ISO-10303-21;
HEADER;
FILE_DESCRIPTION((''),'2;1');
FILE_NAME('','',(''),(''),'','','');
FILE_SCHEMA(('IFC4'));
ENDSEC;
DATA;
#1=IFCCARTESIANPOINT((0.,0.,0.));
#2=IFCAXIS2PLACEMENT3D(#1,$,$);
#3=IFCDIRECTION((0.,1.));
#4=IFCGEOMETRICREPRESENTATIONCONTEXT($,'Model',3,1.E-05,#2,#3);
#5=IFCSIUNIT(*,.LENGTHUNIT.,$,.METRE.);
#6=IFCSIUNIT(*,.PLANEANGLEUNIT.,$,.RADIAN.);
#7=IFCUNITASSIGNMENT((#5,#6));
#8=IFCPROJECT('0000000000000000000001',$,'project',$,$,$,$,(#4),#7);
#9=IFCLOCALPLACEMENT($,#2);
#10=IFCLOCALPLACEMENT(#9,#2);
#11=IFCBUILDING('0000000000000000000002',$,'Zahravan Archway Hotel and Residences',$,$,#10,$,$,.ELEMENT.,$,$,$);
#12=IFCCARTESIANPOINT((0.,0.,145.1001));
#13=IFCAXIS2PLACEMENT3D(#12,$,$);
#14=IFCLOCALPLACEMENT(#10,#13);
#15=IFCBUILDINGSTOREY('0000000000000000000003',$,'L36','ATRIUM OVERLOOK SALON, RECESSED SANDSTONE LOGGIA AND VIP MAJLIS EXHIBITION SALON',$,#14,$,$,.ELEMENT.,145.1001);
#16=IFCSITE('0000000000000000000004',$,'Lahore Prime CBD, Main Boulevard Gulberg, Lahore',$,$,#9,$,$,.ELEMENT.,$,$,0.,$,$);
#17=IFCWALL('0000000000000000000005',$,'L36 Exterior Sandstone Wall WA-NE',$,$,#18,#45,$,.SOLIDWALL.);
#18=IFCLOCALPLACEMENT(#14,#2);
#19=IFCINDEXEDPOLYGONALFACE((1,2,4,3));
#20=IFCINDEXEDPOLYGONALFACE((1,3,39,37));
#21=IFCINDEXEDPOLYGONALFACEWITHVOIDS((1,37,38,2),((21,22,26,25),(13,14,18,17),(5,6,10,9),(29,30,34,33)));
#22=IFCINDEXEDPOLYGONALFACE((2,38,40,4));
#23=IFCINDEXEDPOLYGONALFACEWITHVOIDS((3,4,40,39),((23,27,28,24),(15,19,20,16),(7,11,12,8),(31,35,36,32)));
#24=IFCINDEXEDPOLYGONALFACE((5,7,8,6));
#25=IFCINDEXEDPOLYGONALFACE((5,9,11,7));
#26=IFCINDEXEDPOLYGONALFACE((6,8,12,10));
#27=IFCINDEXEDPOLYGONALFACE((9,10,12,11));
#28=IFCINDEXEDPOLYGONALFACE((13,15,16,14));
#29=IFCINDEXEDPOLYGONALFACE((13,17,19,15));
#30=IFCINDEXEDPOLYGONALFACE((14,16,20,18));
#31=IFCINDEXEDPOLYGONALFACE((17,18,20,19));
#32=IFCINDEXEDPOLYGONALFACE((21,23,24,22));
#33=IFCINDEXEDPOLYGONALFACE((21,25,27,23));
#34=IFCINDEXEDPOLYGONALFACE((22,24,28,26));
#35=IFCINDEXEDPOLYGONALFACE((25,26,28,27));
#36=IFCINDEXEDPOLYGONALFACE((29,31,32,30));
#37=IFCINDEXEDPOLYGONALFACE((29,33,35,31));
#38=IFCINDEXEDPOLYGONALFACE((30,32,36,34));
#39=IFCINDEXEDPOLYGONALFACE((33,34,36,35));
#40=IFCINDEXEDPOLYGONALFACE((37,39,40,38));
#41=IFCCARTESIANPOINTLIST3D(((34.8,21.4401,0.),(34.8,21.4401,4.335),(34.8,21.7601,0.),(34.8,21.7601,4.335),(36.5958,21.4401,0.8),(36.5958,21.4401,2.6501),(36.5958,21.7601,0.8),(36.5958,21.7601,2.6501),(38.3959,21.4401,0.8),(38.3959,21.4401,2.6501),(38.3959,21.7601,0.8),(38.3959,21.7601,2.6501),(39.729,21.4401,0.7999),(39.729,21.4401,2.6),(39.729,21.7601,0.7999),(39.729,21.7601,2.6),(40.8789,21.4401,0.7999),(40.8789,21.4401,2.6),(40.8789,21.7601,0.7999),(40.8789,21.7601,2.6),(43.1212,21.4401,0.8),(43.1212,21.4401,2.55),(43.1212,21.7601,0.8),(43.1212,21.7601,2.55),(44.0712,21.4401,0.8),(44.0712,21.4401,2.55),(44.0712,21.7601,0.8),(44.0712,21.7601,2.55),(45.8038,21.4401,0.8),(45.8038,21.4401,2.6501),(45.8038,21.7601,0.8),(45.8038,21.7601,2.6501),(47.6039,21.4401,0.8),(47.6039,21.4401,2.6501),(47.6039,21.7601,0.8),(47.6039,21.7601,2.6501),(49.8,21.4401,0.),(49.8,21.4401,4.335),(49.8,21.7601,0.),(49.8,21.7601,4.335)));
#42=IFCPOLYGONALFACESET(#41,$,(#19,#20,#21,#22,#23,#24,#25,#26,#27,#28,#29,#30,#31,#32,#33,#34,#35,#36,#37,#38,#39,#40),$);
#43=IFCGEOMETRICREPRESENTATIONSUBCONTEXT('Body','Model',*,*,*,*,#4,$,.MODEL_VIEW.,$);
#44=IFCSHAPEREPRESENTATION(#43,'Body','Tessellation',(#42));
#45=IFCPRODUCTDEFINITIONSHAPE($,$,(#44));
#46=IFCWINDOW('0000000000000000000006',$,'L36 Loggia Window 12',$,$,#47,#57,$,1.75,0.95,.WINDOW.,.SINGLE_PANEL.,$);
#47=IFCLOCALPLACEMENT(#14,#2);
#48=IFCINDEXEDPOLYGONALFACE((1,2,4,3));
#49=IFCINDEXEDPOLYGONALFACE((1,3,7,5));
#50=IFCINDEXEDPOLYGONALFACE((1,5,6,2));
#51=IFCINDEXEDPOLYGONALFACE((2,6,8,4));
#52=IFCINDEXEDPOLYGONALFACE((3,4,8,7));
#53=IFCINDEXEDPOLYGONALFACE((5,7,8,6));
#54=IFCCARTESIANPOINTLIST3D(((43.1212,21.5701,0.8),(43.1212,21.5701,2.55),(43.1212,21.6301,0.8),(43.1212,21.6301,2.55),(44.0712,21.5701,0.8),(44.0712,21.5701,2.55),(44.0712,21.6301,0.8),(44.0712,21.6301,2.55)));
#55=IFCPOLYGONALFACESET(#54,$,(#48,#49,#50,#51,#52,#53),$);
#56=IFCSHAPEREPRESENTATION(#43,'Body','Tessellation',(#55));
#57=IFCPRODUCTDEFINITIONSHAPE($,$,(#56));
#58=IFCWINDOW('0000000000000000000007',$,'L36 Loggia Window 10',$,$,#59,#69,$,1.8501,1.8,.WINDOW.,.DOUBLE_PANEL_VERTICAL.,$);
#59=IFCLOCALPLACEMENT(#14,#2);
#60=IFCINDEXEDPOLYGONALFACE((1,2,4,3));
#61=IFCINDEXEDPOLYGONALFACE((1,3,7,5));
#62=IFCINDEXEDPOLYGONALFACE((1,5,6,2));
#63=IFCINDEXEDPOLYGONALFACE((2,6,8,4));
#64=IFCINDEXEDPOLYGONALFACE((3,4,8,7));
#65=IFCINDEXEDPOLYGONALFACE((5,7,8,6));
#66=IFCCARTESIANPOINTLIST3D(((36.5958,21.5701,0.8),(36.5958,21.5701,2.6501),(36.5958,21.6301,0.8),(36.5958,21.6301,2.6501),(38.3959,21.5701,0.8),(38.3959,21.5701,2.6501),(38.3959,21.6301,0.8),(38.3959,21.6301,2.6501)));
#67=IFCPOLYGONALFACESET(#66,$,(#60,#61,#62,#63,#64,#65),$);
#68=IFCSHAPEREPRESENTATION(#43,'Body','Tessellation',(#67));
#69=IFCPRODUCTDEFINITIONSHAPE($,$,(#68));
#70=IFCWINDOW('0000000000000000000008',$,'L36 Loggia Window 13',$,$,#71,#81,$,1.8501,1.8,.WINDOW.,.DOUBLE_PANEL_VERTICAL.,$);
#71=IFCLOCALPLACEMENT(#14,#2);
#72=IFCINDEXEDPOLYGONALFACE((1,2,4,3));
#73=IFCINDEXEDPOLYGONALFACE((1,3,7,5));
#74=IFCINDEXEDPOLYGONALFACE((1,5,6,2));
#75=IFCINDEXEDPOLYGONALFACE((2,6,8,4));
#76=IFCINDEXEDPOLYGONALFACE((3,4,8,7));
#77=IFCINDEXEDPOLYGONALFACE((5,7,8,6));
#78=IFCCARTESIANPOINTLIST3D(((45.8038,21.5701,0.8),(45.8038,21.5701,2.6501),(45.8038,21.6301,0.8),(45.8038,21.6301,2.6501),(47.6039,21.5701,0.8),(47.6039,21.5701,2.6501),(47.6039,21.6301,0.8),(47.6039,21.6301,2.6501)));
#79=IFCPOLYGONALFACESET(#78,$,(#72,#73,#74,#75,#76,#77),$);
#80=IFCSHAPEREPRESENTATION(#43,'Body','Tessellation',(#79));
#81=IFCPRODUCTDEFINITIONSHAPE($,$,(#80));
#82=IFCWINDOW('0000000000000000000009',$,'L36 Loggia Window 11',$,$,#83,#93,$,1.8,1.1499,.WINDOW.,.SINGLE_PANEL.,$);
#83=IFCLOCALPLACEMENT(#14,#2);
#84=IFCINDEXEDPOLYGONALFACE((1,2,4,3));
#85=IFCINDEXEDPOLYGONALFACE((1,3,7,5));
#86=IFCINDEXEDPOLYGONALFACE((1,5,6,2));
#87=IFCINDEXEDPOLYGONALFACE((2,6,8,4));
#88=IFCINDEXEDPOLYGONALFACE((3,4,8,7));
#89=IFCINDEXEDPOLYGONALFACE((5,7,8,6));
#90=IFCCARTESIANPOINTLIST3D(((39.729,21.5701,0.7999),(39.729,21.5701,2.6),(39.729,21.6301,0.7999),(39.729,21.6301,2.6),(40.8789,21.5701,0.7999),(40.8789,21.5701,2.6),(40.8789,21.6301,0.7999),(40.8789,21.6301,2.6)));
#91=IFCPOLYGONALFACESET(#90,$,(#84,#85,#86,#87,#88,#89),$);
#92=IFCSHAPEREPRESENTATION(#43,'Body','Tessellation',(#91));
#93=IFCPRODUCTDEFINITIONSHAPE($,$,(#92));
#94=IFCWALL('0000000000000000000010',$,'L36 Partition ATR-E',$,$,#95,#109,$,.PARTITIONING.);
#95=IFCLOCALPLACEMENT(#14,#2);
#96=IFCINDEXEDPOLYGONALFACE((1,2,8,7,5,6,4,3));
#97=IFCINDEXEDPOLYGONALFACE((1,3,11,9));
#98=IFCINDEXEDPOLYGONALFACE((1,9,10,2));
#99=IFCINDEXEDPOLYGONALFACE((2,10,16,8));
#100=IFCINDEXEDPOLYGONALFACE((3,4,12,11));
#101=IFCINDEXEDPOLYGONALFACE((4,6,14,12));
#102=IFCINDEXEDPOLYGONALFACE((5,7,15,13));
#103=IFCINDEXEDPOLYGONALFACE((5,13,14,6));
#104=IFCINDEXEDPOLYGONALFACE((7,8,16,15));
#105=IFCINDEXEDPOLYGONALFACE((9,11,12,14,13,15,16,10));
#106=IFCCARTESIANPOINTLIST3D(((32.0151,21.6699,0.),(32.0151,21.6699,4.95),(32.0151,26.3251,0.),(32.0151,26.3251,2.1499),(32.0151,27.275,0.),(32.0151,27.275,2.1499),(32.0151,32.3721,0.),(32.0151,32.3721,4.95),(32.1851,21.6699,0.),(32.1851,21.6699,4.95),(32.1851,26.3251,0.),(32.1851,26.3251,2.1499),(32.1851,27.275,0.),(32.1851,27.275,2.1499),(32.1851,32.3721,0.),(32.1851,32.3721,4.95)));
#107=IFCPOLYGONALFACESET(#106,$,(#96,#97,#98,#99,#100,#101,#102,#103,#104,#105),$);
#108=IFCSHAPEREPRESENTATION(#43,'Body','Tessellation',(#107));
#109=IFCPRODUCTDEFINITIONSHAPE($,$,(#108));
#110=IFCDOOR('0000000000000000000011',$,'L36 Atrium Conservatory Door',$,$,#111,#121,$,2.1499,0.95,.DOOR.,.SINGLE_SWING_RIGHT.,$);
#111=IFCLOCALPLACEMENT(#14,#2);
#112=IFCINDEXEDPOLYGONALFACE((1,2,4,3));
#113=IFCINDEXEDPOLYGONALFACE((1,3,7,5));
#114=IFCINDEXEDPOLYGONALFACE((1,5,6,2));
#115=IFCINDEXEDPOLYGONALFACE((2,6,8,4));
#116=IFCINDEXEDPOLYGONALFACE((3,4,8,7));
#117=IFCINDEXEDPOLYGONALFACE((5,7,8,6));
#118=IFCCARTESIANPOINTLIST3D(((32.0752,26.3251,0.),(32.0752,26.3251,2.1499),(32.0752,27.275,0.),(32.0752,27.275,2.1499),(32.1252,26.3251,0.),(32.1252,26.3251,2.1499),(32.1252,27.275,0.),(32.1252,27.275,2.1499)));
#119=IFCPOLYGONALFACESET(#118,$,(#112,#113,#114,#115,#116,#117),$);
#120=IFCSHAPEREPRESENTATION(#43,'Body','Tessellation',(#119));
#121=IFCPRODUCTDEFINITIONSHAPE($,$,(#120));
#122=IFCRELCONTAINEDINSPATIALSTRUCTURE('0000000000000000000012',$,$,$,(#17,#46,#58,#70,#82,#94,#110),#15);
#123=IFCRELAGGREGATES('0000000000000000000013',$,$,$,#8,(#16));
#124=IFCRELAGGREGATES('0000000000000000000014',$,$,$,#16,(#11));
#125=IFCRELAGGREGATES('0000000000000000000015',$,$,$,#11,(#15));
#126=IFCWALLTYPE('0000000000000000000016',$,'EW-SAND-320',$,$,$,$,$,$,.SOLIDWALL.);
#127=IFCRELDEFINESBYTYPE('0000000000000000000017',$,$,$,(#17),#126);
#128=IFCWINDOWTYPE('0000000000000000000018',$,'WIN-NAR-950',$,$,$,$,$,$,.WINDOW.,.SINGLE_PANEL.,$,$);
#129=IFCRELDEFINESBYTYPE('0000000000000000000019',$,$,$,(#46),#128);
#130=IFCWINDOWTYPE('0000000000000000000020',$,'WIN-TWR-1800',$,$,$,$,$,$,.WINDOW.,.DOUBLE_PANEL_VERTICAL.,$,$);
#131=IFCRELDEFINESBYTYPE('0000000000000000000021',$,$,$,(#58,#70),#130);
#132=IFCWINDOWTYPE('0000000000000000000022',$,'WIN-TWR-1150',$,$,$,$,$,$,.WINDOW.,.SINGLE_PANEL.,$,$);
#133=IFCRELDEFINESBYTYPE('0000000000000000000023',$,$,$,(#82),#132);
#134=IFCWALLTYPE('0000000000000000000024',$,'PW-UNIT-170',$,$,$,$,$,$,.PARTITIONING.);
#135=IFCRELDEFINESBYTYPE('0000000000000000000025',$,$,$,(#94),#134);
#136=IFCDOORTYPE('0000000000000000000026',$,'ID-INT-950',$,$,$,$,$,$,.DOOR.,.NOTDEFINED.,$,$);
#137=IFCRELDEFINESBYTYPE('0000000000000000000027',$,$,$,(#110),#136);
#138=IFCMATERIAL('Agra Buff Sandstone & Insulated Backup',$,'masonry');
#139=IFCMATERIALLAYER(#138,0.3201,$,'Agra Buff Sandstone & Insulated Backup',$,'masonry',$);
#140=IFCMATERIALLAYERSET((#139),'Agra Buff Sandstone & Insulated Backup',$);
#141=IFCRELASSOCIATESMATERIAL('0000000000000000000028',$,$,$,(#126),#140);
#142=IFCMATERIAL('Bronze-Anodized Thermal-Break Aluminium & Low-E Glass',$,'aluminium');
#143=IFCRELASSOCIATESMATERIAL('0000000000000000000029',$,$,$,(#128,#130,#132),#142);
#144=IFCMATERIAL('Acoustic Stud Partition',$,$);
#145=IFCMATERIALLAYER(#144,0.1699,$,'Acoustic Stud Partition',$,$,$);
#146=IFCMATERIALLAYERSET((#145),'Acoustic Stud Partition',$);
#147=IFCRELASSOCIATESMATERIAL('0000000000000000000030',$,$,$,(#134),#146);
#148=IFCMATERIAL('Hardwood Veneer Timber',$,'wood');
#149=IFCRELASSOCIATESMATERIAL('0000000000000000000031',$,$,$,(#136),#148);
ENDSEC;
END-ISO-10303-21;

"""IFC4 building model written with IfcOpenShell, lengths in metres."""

from ifc_helpers import new_model, si_unit, direction, frame, frame_2d, origin, place, context, subcontext, project, spatial, rectangle, extrude, source, transform, mapped, material, layer, layer_set, type_object, type_shapes, element, fill, save


model = new_model("IFC4")

# Units and contexts
model_context = context("Model", 3, precision=1e-05, world=origin(), true_north=direction((0.0, 1.0)))
body_context = subcontext(model_context, "Body", "Model", "MODEL_VIEW")
ifc_project = project(units=[si_unit("LENGTHUNIT", "METRE"), si_unit("PLANEANGLEUNIT", "RADIAN")], contexts=[model_context])

# Site, building, storey
site_placement = place(None, origin())
site = spatial("IfcSite", under=ifc_project, at=site_placement, Name="Lahore Prime CBD, Main Boulevard Gulberg, Lahore", CompositionType="ELEMENT", RefElevation=0.0)
building_placement = place(site_placement, origin())
building = spatial("IfcBuilding", under=site, at=building_placement, Name="Zahravan Archway Hotel and Residences", CompositionType="ELEMENT")
storey_placement = place(building_placement, frame((0.0, 0.0, 145.1001)))
storey = spatial("IfcBuildingStorey", under=building, at=storey_placement, Name="L36", Description="ATRIUM OVERLOOK SALON, RECESSED SANDSTONE LOGGIA AND VIP MAJLIS EXHIBITION SALON", CompositionType="ELEMENT", Elevation=145.1001)

# Wall, openings, windows
ifc_material_1 = material(Name="Agra Buff Sandstone & Insulated Backup", Category="masonry")
ifc_layer_1 = layer(ifc_material_1, 0.3201, Name="Agra Buff Sandstone & Insulated Backup", Category="masonry")
ifc_layer_set_1 = layer_set([ifc_layer_1], Name="Agra Buff Sandstone & Insulated Backup")
wall_type_1 = type_object("IfcWallType", Name="EW-SAND-320", PredefinedType="SOLIDWALL", material=ifc_layer_set_1)
wall_1_placement = place(storey_placement, frame((34.8, 21.6001, 0.0), z_axis=(0.0, 0.0, 1.0), x_axis=(1.0, 0.0, 0.0)))
wall_1 = element("IfcWall", 1, at=wall_1_placement, inside=storey, type_object=wall_type_1, Name="L36 Exterior Sandstone Wall WA-NE", PredefinedType="SOLIDWALL", context=body_context, shape_type="SweptSolid", body=[
    extrude(rectangle(XDim=15.0, YDim=0.3201, at=frame_2d((7.5, 0.0))), origin(), (0.0, 0.0, 1.0), 4.335),
])
opening_1_placement = place(wall_1_placement, frame((1.7959, 0.0, 0.8)))
opening_1 = element("IfcOpeningElement", 2, at=opening_1_placement, cuts=wall_1, PredefinedType="OPENING", context=body_context, shape_type="SweptSolid", body=[
    extrude(rectangle(XDim=1.8, YDim=1.8501, at=frame_2d((0.8999, 0.925))), frame((0.0, 0.1699, 0.0), z_axis=(0.0, -1.0, 0.0), x_axis=(1.0, 0.0, 0.0)), (0.0, 0.0, 1.0), 0.3401),
])
opening_2_placement = place(wall_1_placement, frame((4.929, 0.0, 0.8)))
opening_2 = element("IfcOpeningElement", 3, at=opening_2_placement, cuts=wall_1, PredefinedType="OPENING", context=body_context, shape_type="SweptSolid", body=[
    extrude(rectangle(XDim=1.1499, YDim=1.8, at=frame_2d((0.575, 0.8999))), frame((0.0, 0.1699, 0.0), z_axis=(0.0, -1.0, 0.0), x_axis=(1.0, 0.0, 0.0)), (0.0, 0.0, 1.0), 0.3401),
])
opening_3_placement = place(wall_1_placement, frame((8.321, 0.0, 0.8)))
opening_3 = element("IfcOpeningElement", 4, at=opening_3_placement, cuts=wall_1, PredefinedType="OPENING", context=body_context, shape_type="SweptSolid", body=[
    extrude(rectangle(XDim=0.95, YDim=1.75, at=frame_2d((0.4751, 0.875))), frame((0.0, 0.1699, 0.0), z_axis=(0.0, -1.0, 0.0), x_axis=(1.0, 0.0, 0.0)), (0.0, 0.0, 1.0), 0.3401),
])
opening_4_placement = place(wall_1_placement, frame((11.0039, 0.0, 0.8)))
opening_4 = element("IfcOpeningElement", 5, at=opening_4_placement, cuts=wall_1, PredefinedType="OPENING", context=body_context, shape_type="SweptSolid", body=[
    extrude(rectangle(XDim=1.8, YDim=1.8501, at=frame_2d((0.8999, 0.925))), frame((0.0, 0.1699, 0.0), z_axis=(0.0, -1.0, 0.0), x_axis=(1.0, 0.0, 0.0)), (0.0, 0.0, 1.0), 0.3401),
])
ifc_material_2 = material(Name="Bronze-Anodized Thermal-Break Aluminium & Low-E Glass", Category="aluminium")
window_type_1 = type_object("IfcWindowType", Name="WIN-NAR-950", PartitioningType="SINGLE_PANEL", PredefinedType="WINDOW", material=ifc_material_2)
shared_shape_1 = source(origin(), body_context, "Body", "SweptSolid", [
    extrude(rectangle(XDim=0.95, YDim=1.75, at=frame_2d((0.4751, 0.875))), frame((0.0, 0.03, 0.0), z_axis=(0.0, -1.0, 0.0), x_axis=(1.0, 0.0, 0.0)), (0.0, 0.0, 1.0), 0.0601),
])
type_shapes(window_type_1, [shared_shape_1])
window_1_placement = place(opening_3_placement, origin())
window_1 = element("IfcWindow", 6, at=window_1_placement, inside=storey, type_object=window_type_1, Name="L36 Loggia Window 12", OverallHeight=1.75, OverallWidth=0.95, PartitioningType="SINGLE_PANEL", PredefinedType="WINDOW", context=body_context, shape_type="MappedRepresentation", body=[
    mapped(shared_shape_1, transform((0.0, 0.0, 0.0), scale=1.0)),
])
fill(opening_3, window_1)
window_type_2 = type_object("IfcWindowType", Name="WIN-TWR-1800", PartitioningType="DOUBLE_PANEL_VERTICAL", PredefinedType="WINDOW", material=ifc_material_2)
shared_shape_2 = source(origin(), body_context, "Body", "SweptSolid", [
    extrude(rectangle(XDim=1.8, YDim=1.8501, at=frame_2d((0.8999, 0.925))), frame((0.0, 0.03, 0.0), z_axis=(0.0, -1.0, 0.0), x_axis=(1.0, 0.0, 0.0)), (0.0, 0.0, 1.0), 0.0601),
])
type_shapes(window_type_2, [shared_shape_2])
window_2_placement = place(opening_1_placement, origin())
window_2 = element("IfcWindow", 7, at=window_2_placement, inside=storey, type_object=window_type_2, Name="L36 Loggia Window 10", OverallHeight=1.8501, OverallWidth=1.8, PartitioningType="DOUBLE_PANEL_VERTICAL", PredefinedType="WINDOW", context=body_context, shape_type="MappedRepresentation", body=[
    mapped(shared_shape_2, transform((0.0, 0.0, 0.0), scale=1.0)),
])
fill(opening_1, window_2)
window_3_placement = place(opening_4_placement, origin())
window_3 = element("IfcWindow", 8, at=window_3_placement, inside=storey, type_object=window_type_2, Name="L36 Loggia Window 13", OverallHeight=1.8501, OverallWidth=1.8, PartitioningType="DOUBLE_PANEL_VERTICAL", PredefinedType="WINDOW", context=body_context, shape_type="MappedRepresentation", body=[
    mapped(shared_shape_2, transform((0.0, 0.0, 0.0), scale=1.0)),
])
fill(opening_4, window_3)
window_type_3 = type_object("IfcWindowType", Name="WIN-TWR-1150", PartitioningType="SINGLE_PANEL", PredefinedType="WINDOW", material=ifc_material_2)
shared_shape_3 = source(origin(), body_context, "Body", "SweptSolid", [
    extrude(rectangle(XDim=1.1499, YDim=1.8, at=frame_2d((0.575, 0.8999))), frame((0.0, 0.03, 0.0), z_axis=(0.0, -1.0, 0.0), x_axis=(1.0, 0.0, 0.0)), (0.0, 0.0, 1.0), 0.0601),
])
type_shapes(window_type_3, [shared_shape_3])
window_4_placement = place(opening_2_placement, origin())
window_4 = element("IfcWindow", 9, at=window_4_placement, inside=storey, type_object=window_type_3, Name="L36 Loggia Window 11", OverallHeight=1.8, OverallWidth=1.1499, PartitioningType="SINGLE_PANEL", PredefinedType="WINDOW", context=body_context, shape_type="MappedRepresentation", body=[
    mapped(shared_shape_3, transform((0.0, 0.0, 0.0), scale=1.0)),
])
fill(opening_2, window_4)

# Wall, opening, door
ifc_material_3 = material(Name="Acoustic Stud Partition")
ifc_layer_2 = layer(ifc_material_3, 0.1699, Name="Acoustic Stud Partition")
ifc_layer_set_2 = layer_set([ifc_layer_2], Name="Acoustic Stud Partition")
wall_type_2 = type_object("IfcWallType", Name="PW-UNIT-170", PredefinedType="PARTITIONING", material=ifc_layer_set_2)
wall_2_placement = place(storey_placement, frame((32.1001, 21.6699, 0.0), z_axis=(0.0, 0.0, 1.0), x_axis=(0.0, 1.0, 0.0)))
wall_2 = element("IfcWall", 10, at=wall_2_placement, inside=storey, type_object=wall_type_2, Name="L36 Partition ATR-E", PredefinedType="PARTITIONING", context=body_context, shape_type="SweptSolid", body=[
    extrude(rectangle(XDim=10.7021, YDim=0.1699, at=frame_2d((5.3511, 0.0))), origin(), (0.0, 0.0, 1.0), 4.95),
])
opening_5_placement = place(wall_2_placement, frame((4.655, 0.0, 0.0)))
opening_5 = element("IfcOpeningElement", 11, at=opening_5_placement, cuts=wall_2, PredefinedType="OPENING", context=body_context, shape_type="SweptSolid", body=[
    extrude(rectangle(XDim=0.95, YDim=2.1499, at=frame_2d((0.4751, 1.075))), frame((0.0, 0.095, 0.0), z_axis=(0.0, -1.0, 0.0), x_axis=(1.0, 0.0, 0.0)), (0.0, 0.0, 1.0), 0.1899),
])
ifc_material_4 = material(Name="Hardwood Veneer Timber", Category="wood")
door_type = type_object("IfcDoorType", Name="ID-INT-950", OperationType="NOTDEFINED", PredefinedType="DOOR", material=ifc_material_4)
shared_shape_4 = source(origin(), body_context, "Body", "SweptSolid", [
    extrude(rectangle(XDim=0.95, YDim=2.1499, at=frame_2d((0.4751, 1.075))), frame((0.0, 0.0249, 0.0), z_axis=(0.0, -1.0, 0.0), x_axis=(1.0, 0.0, 0.0)), (0.0, 0.0, 1.0), 0.05),
])
type_shapes(door_type, [shared_shape_4])
door_placement = place(opening_5_placement, origin())
door = element("IfcDoor", 12, at=door_placement, inside=storey, type_object=door_type, Name="L36 Atrium Conservatory Door", OperationType="SINGLE_SWING_RIGHT", OverallHeight=2.1499, OverallWidth=0.95, PredefinedType="DOOR", context=body_context, shape_type="MappedRepresentation", body=[
    mapped(shared_shape_4, transform((0.0, 0.0, 0.0), scale=1.0)),
])
fill(opening_5, door)

save(model, "model.ifc")
